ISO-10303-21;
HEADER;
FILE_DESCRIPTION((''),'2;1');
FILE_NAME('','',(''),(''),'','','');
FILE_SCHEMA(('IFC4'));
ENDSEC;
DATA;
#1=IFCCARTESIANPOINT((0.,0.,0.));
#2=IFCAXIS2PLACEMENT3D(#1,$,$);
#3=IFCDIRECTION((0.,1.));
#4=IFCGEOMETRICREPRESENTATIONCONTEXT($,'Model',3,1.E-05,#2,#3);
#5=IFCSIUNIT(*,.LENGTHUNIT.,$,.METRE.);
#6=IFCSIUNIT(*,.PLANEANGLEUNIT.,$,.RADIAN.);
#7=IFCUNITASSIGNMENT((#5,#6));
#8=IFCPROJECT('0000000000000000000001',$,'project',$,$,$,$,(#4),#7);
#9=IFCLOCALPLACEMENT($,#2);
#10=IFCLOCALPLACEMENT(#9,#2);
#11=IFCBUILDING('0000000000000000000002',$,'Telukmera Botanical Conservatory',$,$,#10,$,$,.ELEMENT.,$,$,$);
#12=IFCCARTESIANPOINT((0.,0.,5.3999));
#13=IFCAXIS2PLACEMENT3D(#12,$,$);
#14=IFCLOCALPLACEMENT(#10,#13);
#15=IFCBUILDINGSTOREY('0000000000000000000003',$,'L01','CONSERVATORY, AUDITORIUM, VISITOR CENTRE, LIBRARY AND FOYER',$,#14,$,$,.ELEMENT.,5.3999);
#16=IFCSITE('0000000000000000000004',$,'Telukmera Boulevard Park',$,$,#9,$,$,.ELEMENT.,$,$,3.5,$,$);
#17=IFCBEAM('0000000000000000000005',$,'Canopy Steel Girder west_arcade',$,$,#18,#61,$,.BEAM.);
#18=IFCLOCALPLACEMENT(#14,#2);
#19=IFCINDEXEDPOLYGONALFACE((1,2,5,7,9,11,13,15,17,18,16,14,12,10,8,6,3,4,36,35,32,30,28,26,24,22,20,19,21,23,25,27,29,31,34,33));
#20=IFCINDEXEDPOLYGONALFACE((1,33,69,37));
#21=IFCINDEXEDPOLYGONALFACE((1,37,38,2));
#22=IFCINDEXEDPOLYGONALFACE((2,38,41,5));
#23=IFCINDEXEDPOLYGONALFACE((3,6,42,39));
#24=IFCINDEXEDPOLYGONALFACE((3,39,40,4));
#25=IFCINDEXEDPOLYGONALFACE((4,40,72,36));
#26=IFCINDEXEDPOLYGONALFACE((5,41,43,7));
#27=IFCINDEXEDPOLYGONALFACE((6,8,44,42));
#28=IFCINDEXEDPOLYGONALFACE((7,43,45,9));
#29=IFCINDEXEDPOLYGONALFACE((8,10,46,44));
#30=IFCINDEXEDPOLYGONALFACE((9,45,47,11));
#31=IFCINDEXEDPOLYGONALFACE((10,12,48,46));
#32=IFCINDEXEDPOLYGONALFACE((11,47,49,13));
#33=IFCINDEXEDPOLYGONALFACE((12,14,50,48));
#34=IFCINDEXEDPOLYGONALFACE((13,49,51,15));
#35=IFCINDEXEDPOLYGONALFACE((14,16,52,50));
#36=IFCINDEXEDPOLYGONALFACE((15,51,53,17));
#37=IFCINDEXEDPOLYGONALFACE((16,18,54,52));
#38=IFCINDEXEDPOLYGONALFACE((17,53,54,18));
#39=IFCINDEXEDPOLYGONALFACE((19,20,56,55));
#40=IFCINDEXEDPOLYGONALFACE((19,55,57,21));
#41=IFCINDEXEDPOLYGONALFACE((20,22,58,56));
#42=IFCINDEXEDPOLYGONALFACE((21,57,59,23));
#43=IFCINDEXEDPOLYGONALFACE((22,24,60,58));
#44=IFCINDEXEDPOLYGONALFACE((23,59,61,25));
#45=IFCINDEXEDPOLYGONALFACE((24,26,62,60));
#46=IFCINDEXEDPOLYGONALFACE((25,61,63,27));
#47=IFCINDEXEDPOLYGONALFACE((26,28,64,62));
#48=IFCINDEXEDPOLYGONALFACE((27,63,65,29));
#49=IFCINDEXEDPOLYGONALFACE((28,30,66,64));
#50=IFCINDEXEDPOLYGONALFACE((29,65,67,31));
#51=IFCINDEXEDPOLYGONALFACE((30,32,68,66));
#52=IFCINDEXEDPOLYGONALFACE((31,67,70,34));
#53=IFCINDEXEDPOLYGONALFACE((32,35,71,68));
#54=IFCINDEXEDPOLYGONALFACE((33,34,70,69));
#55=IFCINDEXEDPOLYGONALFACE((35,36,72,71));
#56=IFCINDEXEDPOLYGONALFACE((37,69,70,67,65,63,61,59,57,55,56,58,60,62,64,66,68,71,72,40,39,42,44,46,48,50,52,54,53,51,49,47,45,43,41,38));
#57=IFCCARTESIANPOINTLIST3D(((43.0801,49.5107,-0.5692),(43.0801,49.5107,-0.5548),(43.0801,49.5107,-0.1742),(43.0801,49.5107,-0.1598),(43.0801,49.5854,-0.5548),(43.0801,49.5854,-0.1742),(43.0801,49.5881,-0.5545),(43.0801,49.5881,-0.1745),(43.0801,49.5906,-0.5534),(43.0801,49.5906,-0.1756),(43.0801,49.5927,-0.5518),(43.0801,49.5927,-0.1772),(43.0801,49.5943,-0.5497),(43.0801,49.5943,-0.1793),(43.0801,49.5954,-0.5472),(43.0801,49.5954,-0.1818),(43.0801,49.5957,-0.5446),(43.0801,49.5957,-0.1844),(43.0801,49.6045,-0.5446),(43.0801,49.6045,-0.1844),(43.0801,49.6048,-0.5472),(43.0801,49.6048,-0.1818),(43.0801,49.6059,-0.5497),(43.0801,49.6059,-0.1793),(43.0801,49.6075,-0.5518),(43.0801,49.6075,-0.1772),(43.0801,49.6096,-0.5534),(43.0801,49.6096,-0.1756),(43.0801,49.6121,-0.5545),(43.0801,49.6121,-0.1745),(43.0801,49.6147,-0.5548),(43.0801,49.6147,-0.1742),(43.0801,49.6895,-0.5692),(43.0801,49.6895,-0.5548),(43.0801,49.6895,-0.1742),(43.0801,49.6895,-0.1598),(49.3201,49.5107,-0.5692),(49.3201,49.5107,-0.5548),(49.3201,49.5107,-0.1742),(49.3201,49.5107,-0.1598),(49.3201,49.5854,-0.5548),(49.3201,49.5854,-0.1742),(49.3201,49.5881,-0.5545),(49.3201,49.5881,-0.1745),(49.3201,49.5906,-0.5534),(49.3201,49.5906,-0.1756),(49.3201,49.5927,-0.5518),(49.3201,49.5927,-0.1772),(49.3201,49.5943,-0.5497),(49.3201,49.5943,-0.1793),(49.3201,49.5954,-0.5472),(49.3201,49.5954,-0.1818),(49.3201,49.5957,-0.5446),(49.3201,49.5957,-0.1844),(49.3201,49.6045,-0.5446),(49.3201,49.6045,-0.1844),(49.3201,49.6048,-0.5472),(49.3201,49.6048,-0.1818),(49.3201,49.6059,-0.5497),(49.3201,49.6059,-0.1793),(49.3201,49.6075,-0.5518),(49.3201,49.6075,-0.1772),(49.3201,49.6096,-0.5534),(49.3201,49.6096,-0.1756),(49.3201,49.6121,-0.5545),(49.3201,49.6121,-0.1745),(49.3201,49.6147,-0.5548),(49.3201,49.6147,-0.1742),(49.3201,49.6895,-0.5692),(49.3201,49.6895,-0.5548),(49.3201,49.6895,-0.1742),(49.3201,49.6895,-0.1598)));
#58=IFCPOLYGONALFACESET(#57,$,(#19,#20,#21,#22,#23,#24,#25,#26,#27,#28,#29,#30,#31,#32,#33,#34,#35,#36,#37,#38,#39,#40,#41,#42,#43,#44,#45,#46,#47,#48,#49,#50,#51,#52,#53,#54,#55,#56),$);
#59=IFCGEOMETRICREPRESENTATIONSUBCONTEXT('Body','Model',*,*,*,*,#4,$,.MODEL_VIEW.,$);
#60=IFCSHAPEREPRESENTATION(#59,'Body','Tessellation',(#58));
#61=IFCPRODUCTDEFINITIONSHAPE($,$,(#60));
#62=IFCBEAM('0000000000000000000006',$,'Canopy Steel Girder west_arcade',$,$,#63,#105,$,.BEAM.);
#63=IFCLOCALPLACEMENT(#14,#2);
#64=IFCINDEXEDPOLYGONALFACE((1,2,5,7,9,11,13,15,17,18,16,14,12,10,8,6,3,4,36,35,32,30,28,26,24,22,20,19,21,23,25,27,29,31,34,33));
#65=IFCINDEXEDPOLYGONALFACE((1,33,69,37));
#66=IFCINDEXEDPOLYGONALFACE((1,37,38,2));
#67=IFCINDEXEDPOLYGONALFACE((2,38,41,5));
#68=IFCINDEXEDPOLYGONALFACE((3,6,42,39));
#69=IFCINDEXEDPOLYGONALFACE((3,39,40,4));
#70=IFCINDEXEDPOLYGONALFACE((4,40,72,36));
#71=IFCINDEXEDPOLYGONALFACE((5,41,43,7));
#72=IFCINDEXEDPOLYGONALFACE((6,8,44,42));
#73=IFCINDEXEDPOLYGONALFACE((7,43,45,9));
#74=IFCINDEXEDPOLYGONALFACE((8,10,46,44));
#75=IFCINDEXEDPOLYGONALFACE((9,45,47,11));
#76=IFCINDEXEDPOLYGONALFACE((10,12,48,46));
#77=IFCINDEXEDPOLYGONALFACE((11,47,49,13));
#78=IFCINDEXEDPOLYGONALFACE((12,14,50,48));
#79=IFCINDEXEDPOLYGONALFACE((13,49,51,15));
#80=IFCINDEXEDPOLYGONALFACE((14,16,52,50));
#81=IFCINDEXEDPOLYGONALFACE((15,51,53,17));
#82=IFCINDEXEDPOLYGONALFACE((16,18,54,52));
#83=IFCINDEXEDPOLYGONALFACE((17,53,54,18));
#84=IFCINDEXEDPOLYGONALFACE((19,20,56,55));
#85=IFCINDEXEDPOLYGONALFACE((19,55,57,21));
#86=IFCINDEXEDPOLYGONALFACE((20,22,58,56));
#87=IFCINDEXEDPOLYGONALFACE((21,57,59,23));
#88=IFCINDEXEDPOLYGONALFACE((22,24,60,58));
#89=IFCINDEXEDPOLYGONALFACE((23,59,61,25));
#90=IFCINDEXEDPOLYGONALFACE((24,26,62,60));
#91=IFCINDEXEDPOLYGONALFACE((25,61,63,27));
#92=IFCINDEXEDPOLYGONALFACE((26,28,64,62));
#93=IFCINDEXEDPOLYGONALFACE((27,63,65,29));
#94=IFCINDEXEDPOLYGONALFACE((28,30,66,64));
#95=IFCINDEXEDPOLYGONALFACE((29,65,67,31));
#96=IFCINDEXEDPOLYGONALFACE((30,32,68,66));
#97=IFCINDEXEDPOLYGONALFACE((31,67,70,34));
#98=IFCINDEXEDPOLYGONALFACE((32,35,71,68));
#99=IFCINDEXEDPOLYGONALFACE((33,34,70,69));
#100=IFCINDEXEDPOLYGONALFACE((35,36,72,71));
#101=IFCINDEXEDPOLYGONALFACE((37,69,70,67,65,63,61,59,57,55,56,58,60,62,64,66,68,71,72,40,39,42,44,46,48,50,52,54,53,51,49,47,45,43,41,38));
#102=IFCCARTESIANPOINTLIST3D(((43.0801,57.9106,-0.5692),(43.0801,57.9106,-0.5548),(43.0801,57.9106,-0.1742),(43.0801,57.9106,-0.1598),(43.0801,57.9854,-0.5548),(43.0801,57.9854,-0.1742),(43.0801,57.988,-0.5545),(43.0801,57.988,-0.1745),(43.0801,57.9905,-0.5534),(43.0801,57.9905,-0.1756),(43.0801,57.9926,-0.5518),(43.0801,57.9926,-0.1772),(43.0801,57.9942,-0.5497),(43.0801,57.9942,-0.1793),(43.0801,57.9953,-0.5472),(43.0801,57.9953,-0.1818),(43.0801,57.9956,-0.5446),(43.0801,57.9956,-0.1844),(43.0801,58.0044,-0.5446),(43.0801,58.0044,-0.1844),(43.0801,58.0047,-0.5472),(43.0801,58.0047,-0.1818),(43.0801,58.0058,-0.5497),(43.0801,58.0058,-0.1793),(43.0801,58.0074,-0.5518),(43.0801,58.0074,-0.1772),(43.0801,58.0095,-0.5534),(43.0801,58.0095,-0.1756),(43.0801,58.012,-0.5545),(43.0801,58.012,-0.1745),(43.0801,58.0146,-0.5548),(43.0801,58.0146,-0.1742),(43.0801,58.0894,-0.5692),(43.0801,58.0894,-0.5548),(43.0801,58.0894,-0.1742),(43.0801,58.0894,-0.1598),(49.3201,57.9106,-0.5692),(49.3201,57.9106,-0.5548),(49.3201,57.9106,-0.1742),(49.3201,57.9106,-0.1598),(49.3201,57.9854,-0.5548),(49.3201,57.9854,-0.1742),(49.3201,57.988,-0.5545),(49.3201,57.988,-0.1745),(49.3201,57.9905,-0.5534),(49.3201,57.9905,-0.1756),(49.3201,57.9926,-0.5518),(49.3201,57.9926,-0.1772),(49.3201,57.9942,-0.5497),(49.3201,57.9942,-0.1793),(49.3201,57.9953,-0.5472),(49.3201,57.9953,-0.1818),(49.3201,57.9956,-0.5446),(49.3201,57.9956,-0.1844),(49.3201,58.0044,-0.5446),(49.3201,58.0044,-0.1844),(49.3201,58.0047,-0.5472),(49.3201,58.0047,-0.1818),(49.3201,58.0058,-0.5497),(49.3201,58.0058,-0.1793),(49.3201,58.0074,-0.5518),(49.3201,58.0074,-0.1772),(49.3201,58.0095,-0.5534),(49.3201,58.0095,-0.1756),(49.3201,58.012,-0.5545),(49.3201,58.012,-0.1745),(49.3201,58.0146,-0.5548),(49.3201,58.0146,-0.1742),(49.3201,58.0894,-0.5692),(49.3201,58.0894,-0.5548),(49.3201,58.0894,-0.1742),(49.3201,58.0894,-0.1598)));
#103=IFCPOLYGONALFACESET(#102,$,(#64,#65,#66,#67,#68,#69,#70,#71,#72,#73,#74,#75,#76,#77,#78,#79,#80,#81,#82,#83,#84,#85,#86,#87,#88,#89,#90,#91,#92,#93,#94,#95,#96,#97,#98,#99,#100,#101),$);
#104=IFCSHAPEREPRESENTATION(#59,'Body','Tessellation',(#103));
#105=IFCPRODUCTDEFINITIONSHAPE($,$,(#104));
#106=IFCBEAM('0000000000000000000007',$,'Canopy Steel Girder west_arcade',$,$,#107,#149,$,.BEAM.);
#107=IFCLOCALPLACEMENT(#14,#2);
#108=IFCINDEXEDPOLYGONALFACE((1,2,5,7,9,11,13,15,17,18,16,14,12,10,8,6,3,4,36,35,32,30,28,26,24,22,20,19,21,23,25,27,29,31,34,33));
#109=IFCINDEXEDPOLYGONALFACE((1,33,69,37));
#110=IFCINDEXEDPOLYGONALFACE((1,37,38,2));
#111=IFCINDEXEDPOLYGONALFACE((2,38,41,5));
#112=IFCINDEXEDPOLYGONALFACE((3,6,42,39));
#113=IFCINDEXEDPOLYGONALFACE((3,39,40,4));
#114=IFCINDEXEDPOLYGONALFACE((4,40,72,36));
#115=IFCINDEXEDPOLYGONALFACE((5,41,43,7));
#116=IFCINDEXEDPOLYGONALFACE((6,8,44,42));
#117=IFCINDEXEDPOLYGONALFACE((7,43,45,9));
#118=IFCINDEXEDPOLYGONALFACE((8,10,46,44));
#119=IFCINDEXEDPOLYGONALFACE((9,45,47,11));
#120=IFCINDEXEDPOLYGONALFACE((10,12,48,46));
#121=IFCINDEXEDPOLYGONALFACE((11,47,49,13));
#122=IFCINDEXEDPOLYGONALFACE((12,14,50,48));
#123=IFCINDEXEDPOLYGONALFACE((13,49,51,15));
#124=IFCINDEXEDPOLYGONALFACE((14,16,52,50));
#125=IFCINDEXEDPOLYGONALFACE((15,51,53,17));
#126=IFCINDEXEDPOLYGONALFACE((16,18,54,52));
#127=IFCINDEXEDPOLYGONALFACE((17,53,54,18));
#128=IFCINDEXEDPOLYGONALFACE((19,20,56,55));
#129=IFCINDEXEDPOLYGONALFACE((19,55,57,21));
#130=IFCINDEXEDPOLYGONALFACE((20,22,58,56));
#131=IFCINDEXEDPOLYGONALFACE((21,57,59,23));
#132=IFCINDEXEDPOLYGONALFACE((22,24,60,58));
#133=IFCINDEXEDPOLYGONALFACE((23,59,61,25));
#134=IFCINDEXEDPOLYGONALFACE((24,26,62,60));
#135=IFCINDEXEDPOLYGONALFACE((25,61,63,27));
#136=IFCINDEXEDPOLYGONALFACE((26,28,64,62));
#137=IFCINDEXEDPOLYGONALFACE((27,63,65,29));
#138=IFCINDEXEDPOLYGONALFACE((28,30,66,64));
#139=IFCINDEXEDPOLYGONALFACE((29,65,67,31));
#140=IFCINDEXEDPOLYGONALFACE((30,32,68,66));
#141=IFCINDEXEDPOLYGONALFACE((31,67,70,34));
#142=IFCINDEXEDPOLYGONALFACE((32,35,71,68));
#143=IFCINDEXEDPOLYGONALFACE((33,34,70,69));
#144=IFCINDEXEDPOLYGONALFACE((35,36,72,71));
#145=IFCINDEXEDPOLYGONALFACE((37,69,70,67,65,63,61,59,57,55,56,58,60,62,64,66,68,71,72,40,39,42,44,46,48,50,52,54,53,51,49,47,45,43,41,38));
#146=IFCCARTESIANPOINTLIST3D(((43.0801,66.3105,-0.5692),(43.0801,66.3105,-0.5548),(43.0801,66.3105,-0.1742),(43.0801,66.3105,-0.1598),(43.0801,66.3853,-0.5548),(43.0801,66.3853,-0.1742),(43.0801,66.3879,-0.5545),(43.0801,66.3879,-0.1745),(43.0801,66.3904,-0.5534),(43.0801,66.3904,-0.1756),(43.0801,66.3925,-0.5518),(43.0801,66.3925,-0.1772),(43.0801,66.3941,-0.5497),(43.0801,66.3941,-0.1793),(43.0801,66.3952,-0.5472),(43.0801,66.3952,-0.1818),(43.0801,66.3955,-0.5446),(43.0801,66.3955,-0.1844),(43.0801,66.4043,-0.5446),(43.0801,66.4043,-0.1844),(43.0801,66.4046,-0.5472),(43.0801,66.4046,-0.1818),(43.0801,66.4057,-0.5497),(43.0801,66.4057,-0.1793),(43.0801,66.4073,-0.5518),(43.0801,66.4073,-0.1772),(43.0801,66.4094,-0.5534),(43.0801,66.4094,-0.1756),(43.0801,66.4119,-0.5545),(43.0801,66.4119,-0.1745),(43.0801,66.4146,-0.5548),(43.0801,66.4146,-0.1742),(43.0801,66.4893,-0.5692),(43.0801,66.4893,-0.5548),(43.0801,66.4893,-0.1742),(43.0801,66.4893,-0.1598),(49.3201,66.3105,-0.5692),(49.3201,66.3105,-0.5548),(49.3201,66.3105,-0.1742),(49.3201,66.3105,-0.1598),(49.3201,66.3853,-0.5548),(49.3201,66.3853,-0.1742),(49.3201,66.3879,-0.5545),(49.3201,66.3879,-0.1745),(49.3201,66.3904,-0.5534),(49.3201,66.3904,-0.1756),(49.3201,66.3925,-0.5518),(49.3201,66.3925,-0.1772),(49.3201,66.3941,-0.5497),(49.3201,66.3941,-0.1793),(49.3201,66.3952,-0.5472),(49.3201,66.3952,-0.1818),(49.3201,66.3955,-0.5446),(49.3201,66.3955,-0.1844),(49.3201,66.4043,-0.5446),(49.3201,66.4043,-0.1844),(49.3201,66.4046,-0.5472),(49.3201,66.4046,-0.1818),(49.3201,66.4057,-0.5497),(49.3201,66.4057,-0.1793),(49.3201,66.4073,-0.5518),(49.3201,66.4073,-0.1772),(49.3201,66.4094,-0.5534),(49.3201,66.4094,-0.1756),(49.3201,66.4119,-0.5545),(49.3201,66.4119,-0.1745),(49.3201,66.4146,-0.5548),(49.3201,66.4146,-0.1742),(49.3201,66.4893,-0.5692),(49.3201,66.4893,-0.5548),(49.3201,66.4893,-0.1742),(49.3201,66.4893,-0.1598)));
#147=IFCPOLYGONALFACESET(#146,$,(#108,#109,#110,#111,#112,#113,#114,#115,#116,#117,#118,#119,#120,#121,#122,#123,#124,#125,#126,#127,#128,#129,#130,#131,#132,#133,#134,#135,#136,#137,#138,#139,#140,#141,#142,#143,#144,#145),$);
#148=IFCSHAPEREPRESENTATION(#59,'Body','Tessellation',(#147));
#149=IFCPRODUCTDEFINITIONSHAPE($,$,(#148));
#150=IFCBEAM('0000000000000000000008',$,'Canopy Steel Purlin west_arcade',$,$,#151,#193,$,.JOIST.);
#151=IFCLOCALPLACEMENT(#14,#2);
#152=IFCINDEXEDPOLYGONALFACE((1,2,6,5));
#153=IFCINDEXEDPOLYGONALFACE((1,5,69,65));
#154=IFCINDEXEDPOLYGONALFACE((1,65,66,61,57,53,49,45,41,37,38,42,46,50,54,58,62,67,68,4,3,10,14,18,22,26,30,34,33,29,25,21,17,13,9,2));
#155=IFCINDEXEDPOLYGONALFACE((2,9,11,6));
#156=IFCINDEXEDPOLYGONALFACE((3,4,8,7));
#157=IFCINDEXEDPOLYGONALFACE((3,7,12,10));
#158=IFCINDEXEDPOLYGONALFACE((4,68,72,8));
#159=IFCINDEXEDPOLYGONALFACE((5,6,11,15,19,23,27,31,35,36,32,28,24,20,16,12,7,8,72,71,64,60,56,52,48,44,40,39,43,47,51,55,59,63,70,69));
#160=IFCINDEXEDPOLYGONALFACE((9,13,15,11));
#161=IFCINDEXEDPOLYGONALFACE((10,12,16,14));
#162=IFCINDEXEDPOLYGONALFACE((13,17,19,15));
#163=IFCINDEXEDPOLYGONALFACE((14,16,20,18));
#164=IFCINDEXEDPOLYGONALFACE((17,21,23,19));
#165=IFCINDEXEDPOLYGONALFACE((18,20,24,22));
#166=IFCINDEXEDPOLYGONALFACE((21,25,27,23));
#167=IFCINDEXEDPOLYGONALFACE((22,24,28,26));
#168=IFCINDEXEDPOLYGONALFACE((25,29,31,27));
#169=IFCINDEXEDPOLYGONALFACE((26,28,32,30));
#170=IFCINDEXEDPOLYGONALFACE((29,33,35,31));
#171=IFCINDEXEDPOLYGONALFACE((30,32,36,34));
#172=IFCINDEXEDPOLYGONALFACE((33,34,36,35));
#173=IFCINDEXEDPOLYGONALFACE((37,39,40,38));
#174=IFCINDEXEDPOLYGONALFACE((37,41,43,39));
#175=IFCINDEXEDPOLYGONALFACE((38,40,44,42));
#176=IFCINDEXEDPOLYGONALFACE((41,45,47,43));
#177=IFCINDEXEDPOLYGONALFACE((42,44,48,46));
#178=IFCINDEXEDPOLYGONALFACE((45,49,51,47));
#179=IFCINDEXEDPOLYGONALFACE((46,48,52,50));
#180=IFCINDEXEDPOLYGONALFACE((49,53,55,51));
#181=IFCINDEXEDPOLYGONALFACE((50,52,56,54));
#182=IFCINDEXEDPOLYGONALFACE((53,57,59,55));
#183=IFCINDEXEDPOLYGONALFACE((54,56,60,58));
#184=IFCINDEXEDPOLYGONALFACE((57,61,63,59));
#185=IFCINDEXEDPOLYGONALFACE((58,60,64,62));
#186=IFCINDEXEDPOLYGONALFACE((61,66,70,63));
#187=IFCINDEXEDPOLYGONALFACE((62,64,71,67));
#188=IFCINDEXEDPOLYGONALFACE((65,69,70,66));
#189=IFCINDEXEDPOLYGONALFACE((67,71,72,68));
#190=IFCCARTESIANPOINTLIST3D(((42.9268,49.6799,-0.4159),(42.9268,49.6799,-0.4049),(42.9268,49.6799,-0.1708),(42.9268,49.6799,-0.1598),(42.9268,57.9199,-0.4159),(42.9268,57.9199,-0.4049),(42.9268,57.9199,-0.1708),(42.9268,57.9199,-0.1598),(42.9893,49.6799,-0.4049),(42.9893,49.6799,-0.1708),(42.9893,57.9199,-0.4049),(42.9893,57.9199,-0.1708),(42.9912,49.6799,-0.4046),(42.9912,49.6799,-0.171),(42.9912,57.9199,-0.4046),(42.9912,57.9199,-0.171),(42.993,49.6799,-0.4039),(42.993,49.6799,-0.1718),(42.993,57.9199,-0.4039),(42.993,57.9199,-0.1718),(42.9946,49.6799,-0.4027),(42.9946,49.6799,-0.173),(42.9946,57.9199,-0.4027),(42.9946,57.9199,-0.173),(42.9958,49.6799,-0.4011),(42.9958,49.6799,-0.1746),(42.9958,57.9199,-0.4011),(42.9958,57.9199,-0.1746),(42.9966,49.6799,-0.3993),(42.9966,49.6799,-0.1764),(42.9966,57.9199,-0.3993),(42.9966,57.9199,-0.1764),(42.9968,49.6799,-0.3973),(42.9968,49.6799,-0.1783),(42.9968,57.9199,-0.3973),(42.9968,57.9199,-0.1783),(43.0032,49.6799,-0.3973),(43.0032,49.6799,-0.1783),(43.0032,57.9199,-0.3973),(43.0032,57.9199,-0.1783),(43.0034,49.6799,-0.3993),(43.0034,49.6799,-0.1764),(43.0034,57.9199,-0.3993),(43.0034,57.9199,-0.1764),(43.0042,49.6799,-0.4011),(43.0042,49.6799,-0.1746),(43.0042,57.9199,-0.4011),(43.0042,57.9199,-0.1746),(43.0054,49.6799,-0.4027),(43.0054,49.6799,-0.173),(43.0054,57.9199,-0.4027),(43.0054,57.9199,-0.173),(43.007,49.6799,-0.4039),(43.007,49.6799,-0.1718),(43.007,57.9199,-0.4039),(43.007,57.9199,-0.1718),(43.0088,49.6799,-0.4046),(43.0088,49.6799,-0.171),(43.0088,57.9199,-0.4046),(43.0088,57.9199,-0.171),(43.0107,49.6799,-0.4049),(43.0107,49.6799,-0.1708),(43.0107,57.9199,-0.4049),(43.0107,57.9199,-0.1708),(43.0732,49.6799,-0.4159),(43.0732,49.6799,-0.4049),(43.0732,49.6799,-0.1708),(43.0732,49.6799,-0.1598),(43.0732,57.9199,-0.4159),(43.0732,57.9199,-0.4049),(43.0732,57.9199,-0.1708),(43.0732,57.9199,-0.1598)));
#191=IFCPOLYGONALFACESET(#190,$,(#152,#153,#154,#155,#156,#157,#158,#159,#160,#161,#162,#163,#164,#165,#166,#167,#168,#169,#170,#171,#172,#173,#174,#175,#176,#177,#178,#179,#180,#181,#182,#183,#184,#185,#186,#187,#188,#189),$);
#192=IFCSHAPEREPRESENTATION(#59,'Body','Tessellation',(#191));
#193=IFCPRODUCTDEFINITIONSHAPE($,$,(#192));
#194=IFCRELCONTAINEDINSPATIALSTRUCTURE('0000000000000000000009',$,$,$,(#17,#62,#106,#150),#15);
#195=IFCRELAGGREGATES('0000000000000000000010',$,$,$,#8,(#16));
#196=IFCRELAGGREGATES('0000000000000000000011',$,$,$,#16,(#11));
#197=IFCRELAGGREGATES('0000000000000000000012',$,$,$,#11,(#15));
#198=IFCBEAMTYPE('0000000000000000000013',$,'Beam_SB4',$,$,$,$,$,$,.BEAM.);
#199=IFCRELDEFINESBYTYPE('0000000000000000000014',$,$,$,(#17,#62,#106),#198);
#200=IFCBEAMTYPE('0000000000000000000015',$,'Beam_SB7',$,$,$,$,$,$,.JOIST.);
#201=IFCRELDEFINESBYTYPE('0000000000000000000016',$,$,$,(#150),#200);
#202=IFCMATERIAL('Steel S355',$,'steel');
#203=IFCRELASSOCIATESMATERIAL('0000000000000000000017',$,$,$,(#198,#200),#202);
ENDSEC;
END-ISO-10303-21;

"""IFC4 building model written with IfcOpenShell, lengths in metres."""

from ifc_helpers import new_model, si_unit, direction, frame, origin, origin_2d, place, context, subcontext, project, spatial, i_section, extrude, material, material_profile, profile_set, type_object, element, save


model = new_model("IFC4")

# Units and contexts
model_context = context("Model", 3, precision=1e-05, world=origin(), true_north=direction((0.0, 1.0)))
body_context = subcontext(model_context, "Body", "Model", "MODEL_VIEW")
ifc_project = project(units=[si_unit("LENGTHUNIT", "METRE"), si_unit("PLANEANGLEUNIT", "RADIAN")], contexts=[model_context])

# Site, building, storey
site_placement = place(None, origin())
site = spatial("IfcSite", under=ifc_project, at=site_placement, Name="Telukmera Boulevard Park", CompositionType="ELEMENT", RefElevation=3.5)
building_placement = place(site_placement, origin())
building = spatial("IfcBuilding", under=site, at=building_placement, Name="Telukmera Botanical Conservatory", CompositionType="ELEMENT")
storey_placement = place(building_placement, frame((0.0, 0.0, 5.3999)))
storey = spatial("IfcBuildingStorey", under=building, at=storey_placement, Name="L01", Description="CONSERVATORY, AUDITORIUM, VISITOR CENTRE, LIBRARY AND FOYER", CompositionType="ELEMENT", Elevation=5.3999)

# Beams
ifc_material_1 = material(Name="Steel S355", Category="steel")
ifc_material_profile_1 = material_profile(ifc_material_1, i_section(OverallWidth=0.1787, OverallDepth=0.4094, WebThickness=0.0088, FlangeThickness=0.0144, FilletRadius=0.0103, at=origin_2d()), Name="UB 406x178x67")
ifc_profile_set_1 = profile_set([ifc_material_profile_1], Name="Steel S355")
beam_type_1 = type_object("IfcBeamType", Name="Beam_SB4", PredefinedType="BEAM", material=ifc_profile_set_1)
for number, where, z_axis, x_axis, name in (
    (1, (43.0801, 49.6001, -0.3645), (1.0, 0.0, 0.0), (0.0, 1.0, 0.0), "Canopy Steel Girder west_arcade"),
    (2, (43.0801, 58.0, -0.3645), (1.0, 0.0, 0.0), (0.0, 1.0, 0.0), "Canopy Steel Girder west_arcade"),
    (3, (43.0801, 66.3999, -0.3645), (1.0, 0.0, 0.0), (0.0, 1.0, 0.0), "Canopy Steel Girder west_arcade"),
):
    element("IfcBeam", number, at=place(storey_placement, frame(where, z_axis=z_axis, x_axis=x_axis)), inside=storey, type_object=beam_type_1, Name=name, PredefinedType="BEAM", context=body_context, shape_type="SweptSolid", body=[
        extrude(i_section(OverallWidth=0.1787, OverallDepth=0.4094, WebThickness=0.0088, FlangeThickness=0.0144, FilletRadius=0.0103, at=origin_2d()), origin(), (0.0, 0.0, 1.0), 6.24),
    ])
ifc_material_profile_2 = material_profile(ifc_material_1, i_section(OverallWidth=0.1465, OverallDepth=0.2561, WebThickness=0.0063, FlangeThickness=0.011, FilletRadius=0.0076, at=origin_2d()), Name="UB 254x146x37")
ifc_profile_set_2 = profile_set([ifc_material_profile_2], Name="Steel S355")
beam_type_2 = type_object("IfcBeamType", Name="Beam_SB7", PredefinedType="JOIST", material=ifc_profile_set_2)
for number, where, z_axis, x_axis, name in (
    (4, (43.0, 49.6799, -0.2878), (0.0, 1.0, 0.0), (-1.0, 0.0, 0.0), "Canopy Steel Purlin west_arcade"),
):
    element("IfcBeam", number, at=place(storey_placement, frame(where, z_axis=z_axis, x_axis=x_axis)), inside=storey, type_object=beam_type_2, Name=name, PredefinedType="JOIST", context=body_context, shape_type="SweptSolid", body=[
        extrude(i_section(OverallWidth=0.1465, OverallDepth=0.2561, WebThickness=0.0063, FlangeThickness=0.011, FilletRadius=0.0076, at=origin_2d()), origin(), (0.0, 0.0, 1.0), 8.24),
    ])

save(model, "model.ifc")
